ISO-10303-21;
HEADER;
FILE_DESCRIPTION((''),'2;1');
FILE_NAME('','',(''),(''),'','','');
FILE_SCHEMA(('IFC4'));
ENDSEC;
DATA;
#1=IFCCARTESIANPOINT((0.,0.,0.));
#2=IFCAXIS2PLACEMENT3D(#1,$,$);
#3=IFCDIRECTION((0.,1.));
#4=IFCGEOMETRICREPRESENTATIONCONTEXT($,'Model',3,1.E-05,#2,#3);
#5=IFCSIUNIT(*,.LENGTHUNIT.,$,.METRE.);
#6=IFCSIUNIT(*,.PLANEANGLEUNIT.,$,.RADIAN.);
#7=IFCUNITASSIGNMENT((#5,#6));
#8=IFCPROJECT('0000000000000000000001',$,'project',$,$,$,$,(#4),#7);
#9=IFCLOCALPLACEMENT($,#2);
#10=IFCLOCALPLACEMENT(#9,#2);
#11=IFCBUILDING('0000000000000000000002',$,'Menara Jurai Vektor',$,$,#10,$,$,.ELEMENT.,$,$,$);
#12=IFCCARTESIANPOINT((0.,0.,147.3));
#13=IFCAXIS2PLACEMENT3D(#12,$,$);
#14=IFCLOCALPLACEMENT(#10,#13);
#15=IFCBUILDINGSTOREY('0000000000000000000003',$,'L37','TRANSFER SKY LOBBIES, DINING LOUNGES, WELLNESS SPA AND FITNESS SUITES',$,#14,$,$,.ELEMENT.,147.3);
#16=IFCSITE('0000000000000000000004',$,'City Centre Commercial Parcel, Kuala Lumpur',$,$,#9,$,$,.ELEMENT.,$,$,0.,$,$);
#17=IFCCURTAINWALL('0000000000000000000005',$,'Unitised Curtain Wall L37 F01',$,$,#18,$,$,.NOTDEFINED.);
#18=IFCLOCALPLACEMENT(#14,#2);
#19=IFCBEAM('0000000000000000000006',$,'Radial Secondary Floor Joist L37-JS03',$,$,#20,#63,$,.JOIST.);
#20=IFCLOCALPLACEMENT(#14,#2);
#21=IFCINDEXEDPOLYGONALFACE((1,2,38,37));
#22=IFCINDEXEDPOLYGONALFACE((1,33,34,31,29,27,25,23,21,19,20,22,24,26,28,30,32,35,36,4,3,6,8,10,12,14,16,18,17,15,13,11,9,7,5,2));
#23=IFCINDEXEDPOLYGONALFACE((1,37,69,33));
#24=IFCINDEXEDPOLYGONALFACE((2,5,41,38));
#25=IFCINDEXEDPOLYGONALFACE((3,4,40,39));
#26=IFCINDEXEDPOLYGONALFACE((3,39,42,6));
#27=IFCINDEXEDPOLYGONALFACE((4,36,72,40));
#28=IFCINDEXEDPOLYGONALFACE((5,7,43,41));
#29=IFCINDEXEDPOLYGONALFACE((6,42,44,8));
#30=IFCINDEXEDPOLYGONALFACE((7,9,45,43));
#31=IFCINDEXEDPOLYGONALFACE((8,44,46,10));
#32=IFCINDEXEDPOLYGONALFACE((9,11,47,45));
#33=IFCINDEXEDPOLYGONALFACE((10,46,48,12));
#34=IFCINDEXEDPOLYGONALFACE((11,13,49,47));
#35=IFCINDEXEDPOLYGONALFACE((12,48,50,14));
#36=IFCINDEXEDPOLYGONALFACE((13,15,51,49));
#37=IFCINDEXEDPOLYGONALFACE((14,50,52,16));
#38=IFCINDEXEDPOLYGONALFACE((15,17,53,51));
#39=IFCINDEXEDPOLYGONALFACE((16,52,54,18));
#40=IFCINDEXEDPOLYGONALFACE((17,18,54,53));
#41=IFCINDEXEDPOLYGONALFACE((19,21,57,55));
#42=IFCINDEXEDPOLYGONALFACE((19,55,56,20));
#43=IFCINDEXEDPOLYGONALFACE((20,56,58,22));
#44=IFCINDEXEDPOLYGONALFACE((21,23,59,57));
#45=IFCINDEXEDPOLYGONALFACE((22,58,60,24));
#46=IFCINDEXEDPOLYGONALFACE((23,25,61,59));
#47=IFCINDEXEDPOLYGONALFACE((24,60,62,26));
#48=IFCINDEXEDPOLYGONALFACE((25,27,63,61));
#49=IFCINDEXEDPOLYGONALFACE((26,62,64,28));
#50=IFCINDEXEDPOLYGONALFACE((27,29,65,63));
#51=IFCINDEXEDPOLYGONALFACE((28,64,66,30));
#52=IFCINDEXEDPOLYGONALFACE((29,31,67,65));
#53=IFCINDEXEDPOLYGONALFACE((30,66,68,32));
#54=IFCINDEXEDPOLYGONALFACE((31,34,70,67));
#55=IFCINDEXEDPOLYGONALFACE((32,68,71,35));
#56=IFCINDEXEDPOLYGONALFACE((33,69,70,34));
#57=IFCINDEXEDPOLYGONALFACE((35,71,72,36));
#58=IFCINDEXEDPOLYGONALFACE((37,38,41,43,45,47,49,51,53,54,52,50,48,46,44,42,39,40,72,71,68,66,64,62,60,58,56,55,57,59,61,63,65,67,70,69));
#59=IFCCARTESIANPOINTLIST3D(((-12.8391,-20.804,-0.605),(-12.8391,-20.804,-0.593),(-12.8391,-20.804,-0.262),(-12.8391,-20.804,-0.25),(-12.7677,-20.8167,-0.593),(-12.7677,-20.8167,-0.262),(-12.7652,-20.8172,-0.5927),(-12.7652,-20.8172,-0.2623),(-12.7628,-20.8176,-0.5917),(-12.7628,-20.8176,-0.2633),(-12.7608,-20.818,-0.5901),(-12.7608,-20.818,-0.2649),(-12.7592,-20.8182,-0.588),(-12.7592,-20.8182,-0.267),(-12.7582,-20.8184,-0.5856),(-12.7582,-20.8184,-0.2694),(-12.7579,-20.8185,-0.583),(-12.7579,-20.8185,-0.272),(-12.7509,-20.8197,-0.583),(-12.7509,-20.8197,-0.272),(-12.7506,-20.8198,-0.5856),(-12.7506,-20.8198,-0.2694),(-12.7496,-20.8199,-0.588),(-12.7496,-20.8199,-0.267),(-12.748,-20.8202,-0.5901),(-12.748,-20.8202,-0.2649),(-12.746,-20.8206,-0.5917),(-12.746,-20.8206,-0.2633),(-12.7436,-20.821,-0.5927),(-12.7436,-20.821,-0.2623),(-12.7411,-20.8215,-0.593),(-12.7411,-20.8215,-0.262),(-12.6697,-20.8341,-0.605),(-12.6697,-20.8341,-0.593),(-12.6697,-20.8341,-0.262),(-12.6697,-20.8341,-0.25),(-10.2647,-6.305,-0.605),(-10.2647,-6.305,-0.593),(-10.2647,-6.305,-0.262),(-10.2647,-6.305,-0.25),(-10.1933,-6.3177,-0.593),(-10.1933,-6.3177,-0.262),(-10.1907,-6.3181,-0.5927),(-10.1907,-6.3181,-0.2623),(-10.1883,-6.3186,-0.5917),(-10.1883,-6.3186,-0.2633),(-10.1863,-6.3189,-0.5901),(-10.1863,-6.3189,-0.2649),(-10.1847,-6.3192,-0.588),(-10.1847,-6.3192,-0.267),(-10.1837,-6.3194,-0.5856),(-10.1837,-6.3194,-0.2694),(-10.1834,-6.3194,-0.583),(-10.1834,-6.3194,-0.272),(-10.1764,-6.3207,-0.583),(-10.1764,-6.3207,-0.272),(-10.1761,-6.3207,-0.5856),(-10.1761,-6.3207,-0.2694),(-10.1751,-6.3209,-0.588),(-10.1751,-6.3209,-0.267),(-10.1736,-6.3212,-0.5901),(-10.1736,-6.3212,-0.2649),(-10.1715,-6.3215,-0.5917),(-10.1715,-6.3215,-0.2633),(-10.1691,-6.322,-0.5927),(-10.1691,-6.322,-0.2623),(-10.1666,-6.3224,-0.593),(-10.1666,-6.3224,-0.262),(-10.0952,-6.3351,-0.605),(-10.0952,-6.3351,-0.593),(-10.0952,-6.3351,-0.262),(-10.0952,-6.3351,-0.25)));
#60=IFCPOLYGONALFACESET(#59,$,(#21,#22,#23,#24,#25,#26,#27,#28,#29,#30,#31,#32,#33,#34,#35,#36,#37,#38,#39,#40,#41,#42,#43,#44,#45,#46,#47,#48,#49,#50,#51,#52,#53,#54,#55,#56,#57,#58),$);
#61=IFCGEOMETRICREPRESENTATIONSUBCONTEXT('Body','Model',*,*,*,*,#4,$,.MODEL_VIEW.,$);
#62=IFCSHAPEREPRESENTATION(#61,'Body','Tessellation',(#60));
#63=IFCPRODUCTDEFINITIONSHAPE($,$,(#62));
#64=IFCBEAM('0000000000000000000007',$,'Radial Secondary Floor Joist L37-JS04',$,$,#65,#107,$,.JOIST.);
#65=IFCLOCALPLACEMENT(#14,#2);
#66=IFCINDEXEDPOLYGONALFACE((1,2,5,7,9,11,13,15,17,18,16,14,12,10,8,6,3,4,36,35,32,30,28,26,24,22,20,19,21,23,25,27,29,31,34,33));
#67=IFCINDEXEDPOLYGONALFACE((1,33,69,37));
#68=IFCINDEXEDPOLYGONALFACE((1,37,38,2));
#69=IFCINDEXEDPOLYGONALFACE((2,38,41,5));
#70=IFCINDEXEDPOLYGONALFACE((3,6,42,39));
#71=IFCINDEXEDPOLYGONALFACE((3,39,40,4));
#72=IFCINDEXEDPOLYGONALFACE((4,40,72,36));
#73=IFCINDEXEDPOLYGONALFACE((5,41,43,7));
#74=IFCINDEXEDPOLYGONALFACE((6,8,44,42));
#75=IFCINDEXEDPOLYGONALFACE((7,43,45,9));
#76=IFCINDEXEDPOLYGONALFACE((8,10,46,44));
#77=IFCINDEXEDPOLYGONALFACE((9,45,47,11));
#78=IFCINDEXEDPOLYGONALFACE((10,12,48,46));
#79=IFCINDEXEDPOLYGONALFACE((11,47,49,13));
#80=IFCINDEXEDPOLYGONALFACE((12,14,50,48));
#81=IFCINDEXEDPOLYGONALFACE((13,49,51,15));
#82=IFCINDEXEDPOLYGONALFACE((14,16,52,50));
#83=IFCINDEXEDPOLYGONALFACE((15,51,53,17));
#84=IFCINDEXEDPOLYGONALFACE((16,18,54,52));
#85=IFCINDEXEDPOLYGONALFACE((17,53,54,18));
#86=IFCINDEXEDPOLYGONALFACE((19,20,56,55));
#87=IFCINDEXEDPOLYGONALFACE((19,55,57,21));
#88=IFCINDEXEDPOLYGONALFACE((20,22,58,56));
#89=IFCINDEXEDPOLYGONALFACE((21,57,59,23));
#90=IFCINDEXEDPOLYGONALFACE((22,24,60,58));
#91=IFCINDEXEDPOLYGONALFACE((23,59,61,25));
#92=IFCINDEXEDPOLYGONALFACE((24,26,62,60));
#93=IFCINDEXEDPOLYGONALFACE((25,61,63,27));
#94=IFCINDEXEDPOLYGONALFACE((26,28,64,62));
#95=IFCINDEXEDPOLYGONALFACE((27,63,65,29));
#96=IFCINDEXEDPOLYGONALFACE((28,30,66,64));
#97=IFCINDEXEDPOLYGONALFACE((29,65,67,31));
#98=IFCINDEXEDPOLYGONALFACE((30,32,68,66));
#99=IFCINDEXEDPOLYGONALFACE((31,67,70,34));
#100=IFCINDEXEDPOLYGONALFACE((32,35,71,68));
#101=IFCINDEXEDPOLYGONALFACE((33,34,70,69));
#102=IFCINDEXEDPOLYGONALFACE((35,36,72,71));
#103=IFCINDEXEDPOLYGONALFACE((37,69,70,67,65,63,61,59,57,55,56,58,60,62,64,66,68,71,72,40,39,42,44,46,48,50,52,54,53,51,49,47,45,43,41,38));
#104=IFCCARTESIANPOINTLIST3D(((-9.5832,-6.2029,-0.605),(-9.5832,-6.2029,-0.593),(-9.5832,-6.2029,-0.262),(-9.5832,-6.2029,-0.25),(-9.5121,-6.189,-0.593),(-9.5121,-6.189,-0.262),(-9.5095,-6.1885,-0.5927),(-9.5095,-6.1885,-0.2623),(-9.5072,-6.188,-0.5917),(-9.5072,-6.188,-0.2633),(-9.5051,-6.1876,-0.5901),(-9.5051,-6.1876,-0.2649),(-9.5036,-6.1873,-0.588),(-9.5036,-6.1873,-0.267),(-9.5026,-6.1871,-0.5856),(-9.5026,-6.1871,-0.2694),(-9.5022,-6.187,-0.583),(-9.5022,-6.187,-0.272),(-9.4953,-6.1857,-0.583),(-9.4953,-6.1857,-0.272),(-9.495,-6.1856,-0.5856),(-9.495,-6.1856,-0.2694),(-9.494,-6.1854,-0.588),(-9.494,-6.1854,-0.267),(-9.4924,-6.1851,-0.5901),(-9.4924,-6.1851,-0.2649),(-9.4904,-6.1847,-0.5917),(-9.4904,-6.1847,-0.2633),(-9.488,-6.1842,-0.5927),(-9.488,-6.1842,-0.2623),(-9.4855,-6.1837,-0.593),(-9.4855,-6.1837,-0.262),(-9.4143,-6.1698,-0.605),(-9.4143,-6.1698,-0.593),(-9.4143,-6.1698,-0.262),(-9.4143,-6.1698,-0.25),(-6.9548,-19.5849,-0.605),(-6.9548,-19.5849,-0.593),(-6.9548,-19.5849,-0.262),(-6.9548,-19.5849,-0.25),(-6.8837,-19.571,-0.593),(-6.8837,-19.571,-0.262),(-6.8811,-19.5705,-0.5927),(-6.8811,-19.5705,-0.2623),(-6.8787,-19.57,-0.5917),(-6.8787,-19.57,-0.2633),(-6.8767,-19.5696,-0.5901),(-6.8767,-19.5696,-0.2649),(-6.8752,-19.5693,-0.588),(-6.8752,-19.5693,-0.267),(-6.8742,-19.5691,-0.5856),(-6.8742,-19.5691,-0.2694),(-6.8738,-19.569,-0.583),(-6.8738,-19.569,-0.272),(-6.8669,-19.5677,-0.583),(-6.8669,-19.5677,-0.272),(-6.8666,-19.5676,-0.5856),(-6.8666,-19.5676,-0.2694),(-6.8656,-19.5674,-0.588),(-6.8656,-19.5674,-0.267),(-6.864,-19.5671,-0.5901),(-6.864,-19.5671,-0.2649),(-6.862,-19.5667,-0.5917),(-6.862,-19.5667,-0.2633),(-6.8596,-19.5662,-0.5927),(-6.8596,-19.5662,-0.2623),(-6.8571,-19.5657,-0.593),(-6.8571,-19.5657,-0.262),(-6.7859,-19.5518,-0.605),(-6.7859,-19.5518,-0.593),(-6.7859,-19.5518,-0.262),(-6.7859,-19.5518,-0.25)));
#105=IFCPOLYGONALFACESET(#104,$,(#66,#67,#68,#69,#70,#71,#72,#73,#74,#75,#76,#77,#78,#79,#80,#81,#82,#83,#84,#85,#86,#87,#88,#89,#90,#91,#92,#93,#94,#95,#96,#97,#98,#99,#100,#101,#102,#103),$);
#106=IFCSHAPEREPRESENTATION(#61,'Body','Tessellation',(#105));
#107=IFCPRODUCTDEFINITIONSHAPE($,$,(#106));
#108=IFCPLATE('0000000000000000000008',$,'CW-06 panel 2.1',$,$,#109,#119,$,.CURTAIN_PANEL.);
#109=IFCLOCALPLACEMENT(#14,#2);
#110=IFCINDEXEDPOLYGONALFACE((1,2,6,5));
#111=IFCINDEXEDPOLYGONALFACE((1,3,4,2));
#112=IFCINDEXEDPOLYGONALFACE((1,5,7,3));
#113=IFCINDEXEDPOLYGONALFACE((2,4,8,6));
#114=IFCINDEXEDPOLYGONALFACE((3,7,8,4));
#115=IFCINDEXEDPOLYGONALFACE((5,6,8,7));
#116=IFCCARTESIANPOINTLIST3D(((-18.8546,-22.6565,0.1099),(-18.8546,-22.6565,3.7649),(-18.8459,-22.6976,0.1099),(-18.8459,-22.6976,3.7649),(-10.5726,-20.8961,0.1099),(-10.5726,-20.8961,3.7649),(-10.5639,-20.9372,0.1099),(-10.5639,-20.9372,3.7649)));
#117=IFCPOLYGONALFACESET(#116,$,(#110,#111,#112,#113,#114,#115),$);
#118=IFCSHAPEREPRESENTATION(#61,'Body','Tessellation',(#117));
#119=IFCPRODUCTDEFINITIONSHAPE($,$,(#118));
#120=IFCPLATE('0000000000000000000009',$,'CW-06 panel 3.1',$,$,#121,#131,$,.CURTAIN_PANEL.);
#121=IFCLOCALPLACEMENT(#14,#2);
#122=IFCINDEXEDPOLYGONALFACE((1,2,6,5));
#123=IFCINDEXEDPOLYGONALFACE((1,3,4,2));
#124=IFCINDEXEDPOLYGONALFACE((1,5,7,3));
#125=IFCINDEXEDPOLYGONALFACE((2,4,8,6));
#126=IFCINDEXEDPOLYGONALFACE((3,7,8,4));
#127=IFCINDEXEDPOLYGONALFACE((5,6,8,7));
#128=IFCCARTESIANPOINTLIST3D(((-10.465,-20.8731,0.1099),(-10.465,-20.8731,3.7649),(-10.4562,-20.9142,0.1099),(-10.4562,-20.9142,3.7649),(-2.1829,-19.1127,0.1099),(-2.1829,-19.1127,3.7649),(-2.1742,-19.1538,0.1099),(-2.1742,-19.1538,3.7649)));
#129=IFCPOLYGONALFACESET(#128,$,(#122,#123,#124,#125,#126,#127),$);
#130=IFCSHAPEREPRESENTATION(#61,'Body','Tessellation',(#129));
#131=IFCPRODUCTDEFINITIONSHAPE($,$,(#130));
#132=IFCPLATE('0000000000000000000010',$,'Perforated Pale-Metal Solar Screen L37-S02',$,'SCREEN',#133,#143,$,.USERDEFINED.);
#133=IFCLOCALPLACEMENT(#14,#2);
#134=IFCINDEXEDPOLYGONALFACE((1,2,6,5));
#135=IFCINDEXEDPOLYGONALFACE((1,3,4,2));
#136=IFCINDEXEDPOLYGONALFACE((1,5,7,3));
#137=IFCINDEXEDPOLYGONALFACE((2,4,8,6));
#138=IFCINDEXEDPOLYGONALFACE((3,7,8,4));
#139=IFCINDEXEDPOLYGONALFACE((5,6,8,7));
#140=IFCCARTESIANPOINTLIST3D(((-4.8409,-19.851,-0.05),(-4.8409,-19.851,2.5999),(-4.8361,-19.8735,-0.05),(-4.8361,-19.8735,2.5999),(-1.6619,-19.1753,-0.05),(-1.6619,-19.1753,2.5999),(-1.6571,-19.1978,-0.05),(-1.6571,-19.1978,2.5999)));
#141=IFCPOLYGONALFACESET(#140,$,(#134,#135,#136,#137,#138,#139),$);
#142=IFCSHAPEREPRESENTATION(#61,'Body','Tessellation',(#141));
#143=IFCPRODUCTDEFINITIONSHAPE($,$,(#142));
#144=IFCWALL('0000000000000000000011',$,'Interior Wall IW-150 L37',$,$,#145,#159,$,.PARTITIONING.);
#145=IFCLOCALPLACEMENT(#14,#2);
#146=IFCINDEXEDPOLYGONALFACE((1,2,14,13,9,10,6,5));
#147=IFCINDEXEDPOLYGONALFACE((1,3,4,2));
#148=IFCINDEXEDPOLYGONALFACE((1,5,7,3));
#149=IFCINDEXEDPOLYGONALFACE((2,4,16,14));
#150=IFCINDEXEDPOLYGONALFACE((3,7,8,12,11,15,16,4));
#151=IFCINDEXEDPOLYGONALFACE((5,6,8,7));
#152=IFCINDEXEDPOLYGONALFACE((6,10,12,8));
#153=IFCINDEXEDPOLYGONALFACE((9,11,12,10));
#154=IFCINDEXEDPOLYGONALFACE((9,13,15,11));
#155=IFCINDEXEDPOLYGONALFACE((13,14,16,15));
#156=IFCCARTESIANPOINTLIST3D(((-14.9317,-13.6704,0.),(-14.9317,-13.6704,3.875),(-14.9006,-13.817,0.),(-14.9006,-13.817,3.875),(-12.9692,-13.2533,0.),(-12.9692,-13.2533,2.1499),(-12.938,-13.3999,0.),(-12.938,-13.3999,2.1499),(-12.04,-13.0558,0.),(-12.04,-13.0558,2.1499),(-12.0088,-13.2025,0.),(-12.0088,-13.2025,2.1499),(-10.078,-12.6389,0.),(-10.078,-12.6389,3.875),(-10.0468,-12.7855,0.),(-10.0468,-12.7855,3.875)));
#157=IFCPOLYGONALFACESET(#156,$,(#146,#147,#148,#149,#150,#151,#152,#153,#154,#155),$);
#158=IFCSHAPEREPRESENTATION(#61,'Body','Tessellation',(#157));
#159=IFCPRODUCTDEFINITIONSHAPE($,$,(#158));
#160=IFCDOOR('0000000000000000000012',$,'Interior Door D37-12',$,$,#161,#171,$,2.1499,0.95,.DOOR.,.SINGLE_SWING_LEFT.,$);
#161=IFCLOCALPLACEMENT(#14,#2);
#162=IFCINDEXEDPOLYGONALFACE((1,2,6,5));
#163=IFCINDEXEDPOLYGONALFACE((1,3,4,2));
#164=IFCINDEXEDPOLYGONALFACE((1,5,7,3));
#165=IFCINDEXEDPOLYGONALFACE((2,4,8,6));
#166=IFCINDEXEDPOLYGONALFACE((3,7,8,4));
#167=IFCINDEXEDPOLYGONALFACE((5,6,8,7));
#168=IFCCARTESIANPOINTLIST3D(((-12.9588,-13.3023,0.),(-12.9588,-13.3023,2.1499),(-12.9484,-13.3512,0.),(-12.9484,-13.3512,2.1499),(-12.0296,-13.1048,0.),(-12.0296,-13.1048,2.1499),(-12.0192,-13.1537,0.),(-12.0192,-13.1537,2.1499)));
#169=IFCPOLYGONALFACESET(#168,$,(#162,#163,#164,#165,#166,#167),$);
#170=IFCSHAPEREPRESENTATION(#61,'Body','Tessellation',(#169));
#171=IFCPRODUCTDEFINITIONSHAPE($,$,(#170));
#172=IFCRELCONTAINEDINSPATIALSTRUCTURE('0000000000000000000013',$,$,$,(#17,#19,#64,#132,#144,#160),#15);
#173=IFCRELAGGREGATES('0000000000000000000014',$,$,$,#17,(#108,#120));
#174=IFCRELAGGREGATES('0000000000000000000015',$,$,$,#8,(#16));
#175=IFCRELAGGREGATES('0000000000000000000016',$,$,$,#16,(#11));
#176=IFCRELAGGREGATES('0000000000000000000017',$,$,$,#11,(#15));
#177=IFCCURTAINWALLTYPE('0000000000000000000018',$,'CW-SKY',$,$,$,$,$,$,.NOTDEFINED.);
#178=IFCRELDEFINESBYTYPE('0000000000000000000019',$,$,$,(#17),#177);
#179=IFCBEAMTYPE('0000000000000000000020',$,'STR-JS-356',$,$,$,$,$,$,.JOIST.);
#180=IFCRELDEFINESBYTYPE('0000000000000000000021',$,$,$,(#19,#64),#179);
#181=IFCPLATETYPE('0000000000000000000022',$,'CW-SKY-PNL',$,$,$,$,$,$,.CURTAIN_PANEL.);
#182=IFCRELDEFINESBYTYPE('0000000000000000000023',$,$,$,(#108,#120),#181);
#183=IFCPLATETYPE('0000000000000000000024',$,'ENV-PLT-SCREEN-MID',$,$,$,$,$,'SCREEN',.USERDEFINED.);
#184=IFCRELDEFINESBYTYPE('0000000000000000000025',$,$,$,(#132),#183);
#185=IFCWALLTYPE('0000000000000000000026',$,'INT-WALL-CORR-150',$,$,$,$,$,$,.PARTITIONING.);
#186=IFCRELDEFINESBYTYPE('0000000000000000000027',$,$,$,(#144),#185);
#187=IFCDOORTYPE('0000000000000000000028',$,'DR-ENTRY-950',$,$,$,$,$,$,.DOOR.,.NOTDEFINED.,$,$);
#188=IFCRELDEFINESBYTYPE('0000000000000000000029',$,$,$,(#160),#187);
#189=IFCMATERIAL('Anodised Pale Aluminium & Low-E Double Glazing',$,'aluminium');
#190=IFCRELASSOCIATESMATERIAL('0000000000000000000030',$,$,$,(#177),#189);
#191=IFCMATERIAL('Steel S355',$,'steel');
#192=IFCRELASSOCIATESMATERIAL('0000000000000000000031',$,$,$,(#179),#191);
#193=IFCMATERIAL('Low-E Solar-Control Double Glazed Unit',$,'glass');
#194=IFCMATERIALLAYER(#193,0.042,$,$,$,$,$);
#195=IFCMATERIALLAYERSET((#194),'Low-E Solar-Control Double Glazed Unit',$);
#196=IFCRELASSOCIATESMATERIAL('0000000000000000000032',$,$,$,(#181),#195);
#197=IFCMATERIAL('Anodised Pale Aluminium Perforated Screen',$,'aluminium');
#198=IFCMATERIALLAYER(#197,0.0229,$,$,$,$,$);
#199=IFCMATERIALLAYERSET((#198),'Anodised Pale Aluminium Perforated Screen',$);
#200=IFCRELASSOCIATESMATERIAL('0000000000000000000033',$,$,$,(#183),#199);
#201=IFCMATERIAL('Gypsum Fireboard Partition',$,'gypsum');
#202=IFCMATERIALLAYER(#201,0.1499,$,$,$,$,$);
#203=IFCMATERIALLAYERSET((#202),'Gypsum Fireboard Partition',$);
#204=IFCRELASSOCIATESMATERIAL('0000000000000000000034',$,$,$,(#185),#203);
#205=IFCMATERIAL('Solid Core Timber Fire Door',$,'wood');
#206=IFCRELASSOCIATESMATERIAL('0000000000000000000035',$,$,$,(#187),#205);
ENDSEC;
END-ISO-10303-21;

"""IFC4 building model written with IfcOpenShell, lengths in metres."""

from ifc_helpers import new_model, si_unit, direction, frame, frame_2d, origin, origin_2d, place, context, subcontext, project, spatial, rectangle, i_section, extrude, material, layer, layer_set, material_profile, profile_set, type_object, element, fill, aggregate, save


model = new_model("IFC4")

# Units and contexts
model_context = context("Model", 3, precision=1e-05, world=origin(), true_north=direction((0.0, 1.0)))
body_context = subcontext(model_context, "Body", "Model", "MODEL_VIEW")
ifc_project = project(units=[si_unit("LENGTHUNIT", "METRE"), si_unit("PLANEANGLEUNIT", "RADIAN")], contexts=[model_context])

# Site, building, storey
site_placement = place(None, origin())
site = spatial("IfcSite", under=ifc_project, at=site_placement, Name="City Centre Commercial Parcel, Kuala Lumpur", CompositionType="ELEMENT", RefElevation=0.0)
building_placement = place(site_placement, origin())
building = spatial("IfcBuilding", under=site, at=building_placement, Name="Menara Jurai Vektor", CompositionType="ELEMENT")
storey_placement = place(building_placement, frame((0.0, 0.0, 147.3)))
storey = spatial("IfcBuildingStorey", under=building, at=storey_placement, Name="L37", Description="TRANSFER SKY LOBBIES, DINING LOUNGES, WELLNESS SPA AND FITNESS SUITES", CompositionType="ELEMENT", Elevation=147.3)

# Curtain wall
ifc_material_1 = material(Name="Anodised Pale Aluminium & Low-E Double Glazing", Category="aluminium")
curtain_wall_type = type_object("IfcCurtainWallType", Name="CW-SKY", PredefinedType="NOTDEFINED", material=ifc_material_1)
curtain_wall_placement = place(storey_placement, origin())
curtain_wall = element("IfcCurtainWall", 1, at=curtain_wall_placement, inside=storey, type_object=curtain_wall_type, Name="Unitised Curtain Wall L37 F01", PredefinedType="NOTDEFINED")

# Beams
ifc_material_2 = material(Name="Steel S355", Category="steel")
ifc_material_profile_1 = material_profile(ifc_material_2, i_section(OverallWidth=0.1721, OverallDepth=0.355, WebThickness=0.0071, FlangeThickness=0.012, FilletRadius=0.01, at=origin_2d()), Name="UKB 356x171x51")
ifc_profile_set_1 = profile_set([ifc_material_profile_1], Name="Steel S355")
beam_type_1 = type_object("IfcBeamType", Name="STR-JS-356", PredefinedType="JOIST", material=ifc_profile_set_1)
beam_1_placement = place(storey_placement, frame((-12.7544, -20.8191, -0.4275), z_axis=(0.174827, 0.984599, 0.0), x_axis=(-0.984599, 0.174827, 0.0)))
element("IfcBeam", 2, at=beam_1_placement, inside=storey, type_object=beam_type_1, Name="Radial Secondary Floor Joist L37-JS03", PredefinedType="JOIST", context=body_context, shape_type="SweptSolid", body=[
    extrude(i_section(OverallWidth=0.1721, OverallDepth=0.355, WebThickness=0.0071, FlangeThickness=0.012, FilletRadius=0.01, at=origin_2d()), origin(), (0.0, 0.0, 1.0), 14.7258),
])
beam_2_placement = place(storey_placement, frame((-6.8704, -19.5684, -0.4275), z_axis=(-0.192731, 0.981252, 0.0), x_axis=(-0.981252, -0.192731, 0.0)))
element("IfcBeam", 3, at=beam_2_placement, inside=storey, type_object=beam_type_1, Name="Radial Secondary Floor Joist L37-JS04", PredefinedType="JOIST", context=body_context, shape_type="SweptSolid", body=[
    extrude(i_section(OverallWidth=0.1721, OverallDepth=0.355, WebThickness=0.0071, FlangeThickness=0.012, FilletRadius=0.01, at=origin_2d()), origin(), (0.0, 0.0, 1.0), 13.6377),
])

# Plates
ifc_material_3 = material(Name="Low-E Solar-Control Double Glazed Unit", Category="glass")
ifc_layer_1 = layer(ifc_material_3, 0.042)
ifc_layer_set_1 = layer_set([ifc_layer_1], Name="Low-E Solar-Control Double Glazed Unit")
plate_type_1 = type_object("IfcPlateType", Name="CW-SKY-PNL", PredefinedType="CURTAIN_PANEL", material=ifc_layer_set_1)
plate_1_placement = place(storey_placement, frame((-14.7092, -21.7969, 0.1099), z_axis=(0.0, 0.0, 1.0), x_axis=(0.978148, 0.207911, 0.0)))
plate_1 = element("IfcPlate", 4, at=plate_1_placement, type_object=plate_type_1, Name="CW-06 panel 2.1", PredefinedType="CURTAIN_PANEL", context=body_context, shape_type="SweptSolid", body=[
    extrude(rectangle(XDim=8.467, YDim=0.042, at=origin_2d()), origin(), (0.0, 0.0, 1.0), 3.655),
])
plate_2_placement = place(storey_placement, frame((-6.3196, -20.0134, 0.1099), z_axis=(0.0, 0.0, 1.0), x_axis=(0.978148, 0.207911, 0.0)))
plate_2 = element("IfcPlate", 5, at=plate_2_placement, type_object=plate_type_1, Name="CW-06 panel 3.1", PredefinedType="CURTAIN_PANEL", context=body_context, shape_type="SweptSolid", body=[
    extrude(rectangle(XDim=8.467, YDim=0.042, at=origin_2d()), origin(), (0.0, 0.0, 1.0), 3.655),
])
aggregate(curtain_wall, [plate_1, plate_2])
ifc_material_4 = material(Name="Anodised Pale Aluminium Perforated Screen", Category="aluminium")
ifc_layer_2 = layer(ifc_material_4, 0.0229)
ifc_layer_set_2 = layer_set([ifc_layer_2], Name="Anodised Pale Aluminium Perforated Screen")
plate_type_2 = type_object("IfcPlateType", Name="ENV-PLT-SCREEN-MID", ElementType="SCREEN", PredefinedType="USERDEFINED", material=ifc_layer_set_2)
plate_3_placement = place(storey_placement, frame((-3.249, -19.5244, -0.05), z_axis=(0.0, 0.0, 1.0), x_axis=(0.978148, 0.207912, 0.0)))
element("IfcPlate", 6, at=plate_3_placement, inside=storey, type_object=plate_type_2, Name="Perforated Pale-Metal Solar Screen L37-S02", ObjectType="SCREEN", PredefinedType="USERDEFINED", context=body_context, shape_type="SweptSolid", body=[
    extrude(rectangle(XDim=3.25, YDim=0.0229, at=origin_2d()), origin(), (0.0, 0.0, 1.0), 2.6499),
])

# Wall, opening, door
ifc_material_5 = material(Name="Gypsum Fireboard Partition", Category="gypsum")
ifc_layer_3 = layer(ifc_material_5, 0.1499)
ifc_layer_set_3 = layer_set([ifc_layer_3], Name="Gypsum Fireboard Partition")
wall_type = type_object("IfcWallType", Name="INT-WALL-CORR-150", PredefinedType="PARTITIONING", material=ifc_layer_set_3)
wall_1_placement = place(storey_placement, frame((-14.916, -13.7437, 0.0), z_axis=(0.0, 0.0, 1.0), x_axis=(0.978156, 0.207872, 0.0)))
wall_1 = element("IfcWall", 7, at=wall_1_placement, inside=storey, type_object=wall_type, Name="Interior Wall IW-150 L37", PredefinedType="PARTITIONING", context=body_context, shape_type="SweptSolid", body=[
    extrude(rectangle(XDim=4.9622, YDim=0.1499, at=frame_2d((2.481, 0.0))), origin(), (0.0, 0.0, 1.0), 3.875),
])
opening_1_placement = place(wall_1_placement, frame((2.0061, 0.0, 0.0)))
opening_1 = element("IfcOpeningElement", 8, at=opening_1_placement, cuts=wall_1, PredefinedType="OPENING", context=body_context, shape_type="SweptSolid", body=[
    extrude(rectangle(XDim=0.95, YDim=2.1499, at=frame_2d((0.4751, 1.075))), frame((0.0, 0.085, 0.0), z_axis=(0.0, -1.0, 0.0), x_axis=(1.0, 0.0, 0.0)), (0.0, 0.0, 1.0), 0.1699),
])
ifc_material_6 = material(Name="Solid Core Timber Fire Door", Category="wood")
door_type = type_object("IfcDoorType", Name="DR-ENTRY-950", OperationType="NOTDEFINED", PredefinedType="DOOR", material=ifc_material_6)
door_1_placement = place(opening_1_placement, origin())
door_1 = element("IfcDoor", 9, at=door_1_placement, inside=storey, type_object=door_type, Name="Interior Door D37-12", OperationType="SINGLE_SWING_LEFT", OverallHeight=2.1499, OverallWidth=0.95, PredefinedType="DOOR", context=body_context, shape_type="SweptSolid", body=[
    extrude(rectangle(XDim=0.95, YDim=2.1499, at=frame_2d((0.4751, 1.075))), frame((0.0, 0.0249, 0.0), z_axis=(0.0, -1.0, 0.0), x_axis=(1.0, 0.0, 0.0)), (0.0, 0.0, 1.0), 0.05),
])
fill(opening_1, door_1)

save(model, "model.ifc")
